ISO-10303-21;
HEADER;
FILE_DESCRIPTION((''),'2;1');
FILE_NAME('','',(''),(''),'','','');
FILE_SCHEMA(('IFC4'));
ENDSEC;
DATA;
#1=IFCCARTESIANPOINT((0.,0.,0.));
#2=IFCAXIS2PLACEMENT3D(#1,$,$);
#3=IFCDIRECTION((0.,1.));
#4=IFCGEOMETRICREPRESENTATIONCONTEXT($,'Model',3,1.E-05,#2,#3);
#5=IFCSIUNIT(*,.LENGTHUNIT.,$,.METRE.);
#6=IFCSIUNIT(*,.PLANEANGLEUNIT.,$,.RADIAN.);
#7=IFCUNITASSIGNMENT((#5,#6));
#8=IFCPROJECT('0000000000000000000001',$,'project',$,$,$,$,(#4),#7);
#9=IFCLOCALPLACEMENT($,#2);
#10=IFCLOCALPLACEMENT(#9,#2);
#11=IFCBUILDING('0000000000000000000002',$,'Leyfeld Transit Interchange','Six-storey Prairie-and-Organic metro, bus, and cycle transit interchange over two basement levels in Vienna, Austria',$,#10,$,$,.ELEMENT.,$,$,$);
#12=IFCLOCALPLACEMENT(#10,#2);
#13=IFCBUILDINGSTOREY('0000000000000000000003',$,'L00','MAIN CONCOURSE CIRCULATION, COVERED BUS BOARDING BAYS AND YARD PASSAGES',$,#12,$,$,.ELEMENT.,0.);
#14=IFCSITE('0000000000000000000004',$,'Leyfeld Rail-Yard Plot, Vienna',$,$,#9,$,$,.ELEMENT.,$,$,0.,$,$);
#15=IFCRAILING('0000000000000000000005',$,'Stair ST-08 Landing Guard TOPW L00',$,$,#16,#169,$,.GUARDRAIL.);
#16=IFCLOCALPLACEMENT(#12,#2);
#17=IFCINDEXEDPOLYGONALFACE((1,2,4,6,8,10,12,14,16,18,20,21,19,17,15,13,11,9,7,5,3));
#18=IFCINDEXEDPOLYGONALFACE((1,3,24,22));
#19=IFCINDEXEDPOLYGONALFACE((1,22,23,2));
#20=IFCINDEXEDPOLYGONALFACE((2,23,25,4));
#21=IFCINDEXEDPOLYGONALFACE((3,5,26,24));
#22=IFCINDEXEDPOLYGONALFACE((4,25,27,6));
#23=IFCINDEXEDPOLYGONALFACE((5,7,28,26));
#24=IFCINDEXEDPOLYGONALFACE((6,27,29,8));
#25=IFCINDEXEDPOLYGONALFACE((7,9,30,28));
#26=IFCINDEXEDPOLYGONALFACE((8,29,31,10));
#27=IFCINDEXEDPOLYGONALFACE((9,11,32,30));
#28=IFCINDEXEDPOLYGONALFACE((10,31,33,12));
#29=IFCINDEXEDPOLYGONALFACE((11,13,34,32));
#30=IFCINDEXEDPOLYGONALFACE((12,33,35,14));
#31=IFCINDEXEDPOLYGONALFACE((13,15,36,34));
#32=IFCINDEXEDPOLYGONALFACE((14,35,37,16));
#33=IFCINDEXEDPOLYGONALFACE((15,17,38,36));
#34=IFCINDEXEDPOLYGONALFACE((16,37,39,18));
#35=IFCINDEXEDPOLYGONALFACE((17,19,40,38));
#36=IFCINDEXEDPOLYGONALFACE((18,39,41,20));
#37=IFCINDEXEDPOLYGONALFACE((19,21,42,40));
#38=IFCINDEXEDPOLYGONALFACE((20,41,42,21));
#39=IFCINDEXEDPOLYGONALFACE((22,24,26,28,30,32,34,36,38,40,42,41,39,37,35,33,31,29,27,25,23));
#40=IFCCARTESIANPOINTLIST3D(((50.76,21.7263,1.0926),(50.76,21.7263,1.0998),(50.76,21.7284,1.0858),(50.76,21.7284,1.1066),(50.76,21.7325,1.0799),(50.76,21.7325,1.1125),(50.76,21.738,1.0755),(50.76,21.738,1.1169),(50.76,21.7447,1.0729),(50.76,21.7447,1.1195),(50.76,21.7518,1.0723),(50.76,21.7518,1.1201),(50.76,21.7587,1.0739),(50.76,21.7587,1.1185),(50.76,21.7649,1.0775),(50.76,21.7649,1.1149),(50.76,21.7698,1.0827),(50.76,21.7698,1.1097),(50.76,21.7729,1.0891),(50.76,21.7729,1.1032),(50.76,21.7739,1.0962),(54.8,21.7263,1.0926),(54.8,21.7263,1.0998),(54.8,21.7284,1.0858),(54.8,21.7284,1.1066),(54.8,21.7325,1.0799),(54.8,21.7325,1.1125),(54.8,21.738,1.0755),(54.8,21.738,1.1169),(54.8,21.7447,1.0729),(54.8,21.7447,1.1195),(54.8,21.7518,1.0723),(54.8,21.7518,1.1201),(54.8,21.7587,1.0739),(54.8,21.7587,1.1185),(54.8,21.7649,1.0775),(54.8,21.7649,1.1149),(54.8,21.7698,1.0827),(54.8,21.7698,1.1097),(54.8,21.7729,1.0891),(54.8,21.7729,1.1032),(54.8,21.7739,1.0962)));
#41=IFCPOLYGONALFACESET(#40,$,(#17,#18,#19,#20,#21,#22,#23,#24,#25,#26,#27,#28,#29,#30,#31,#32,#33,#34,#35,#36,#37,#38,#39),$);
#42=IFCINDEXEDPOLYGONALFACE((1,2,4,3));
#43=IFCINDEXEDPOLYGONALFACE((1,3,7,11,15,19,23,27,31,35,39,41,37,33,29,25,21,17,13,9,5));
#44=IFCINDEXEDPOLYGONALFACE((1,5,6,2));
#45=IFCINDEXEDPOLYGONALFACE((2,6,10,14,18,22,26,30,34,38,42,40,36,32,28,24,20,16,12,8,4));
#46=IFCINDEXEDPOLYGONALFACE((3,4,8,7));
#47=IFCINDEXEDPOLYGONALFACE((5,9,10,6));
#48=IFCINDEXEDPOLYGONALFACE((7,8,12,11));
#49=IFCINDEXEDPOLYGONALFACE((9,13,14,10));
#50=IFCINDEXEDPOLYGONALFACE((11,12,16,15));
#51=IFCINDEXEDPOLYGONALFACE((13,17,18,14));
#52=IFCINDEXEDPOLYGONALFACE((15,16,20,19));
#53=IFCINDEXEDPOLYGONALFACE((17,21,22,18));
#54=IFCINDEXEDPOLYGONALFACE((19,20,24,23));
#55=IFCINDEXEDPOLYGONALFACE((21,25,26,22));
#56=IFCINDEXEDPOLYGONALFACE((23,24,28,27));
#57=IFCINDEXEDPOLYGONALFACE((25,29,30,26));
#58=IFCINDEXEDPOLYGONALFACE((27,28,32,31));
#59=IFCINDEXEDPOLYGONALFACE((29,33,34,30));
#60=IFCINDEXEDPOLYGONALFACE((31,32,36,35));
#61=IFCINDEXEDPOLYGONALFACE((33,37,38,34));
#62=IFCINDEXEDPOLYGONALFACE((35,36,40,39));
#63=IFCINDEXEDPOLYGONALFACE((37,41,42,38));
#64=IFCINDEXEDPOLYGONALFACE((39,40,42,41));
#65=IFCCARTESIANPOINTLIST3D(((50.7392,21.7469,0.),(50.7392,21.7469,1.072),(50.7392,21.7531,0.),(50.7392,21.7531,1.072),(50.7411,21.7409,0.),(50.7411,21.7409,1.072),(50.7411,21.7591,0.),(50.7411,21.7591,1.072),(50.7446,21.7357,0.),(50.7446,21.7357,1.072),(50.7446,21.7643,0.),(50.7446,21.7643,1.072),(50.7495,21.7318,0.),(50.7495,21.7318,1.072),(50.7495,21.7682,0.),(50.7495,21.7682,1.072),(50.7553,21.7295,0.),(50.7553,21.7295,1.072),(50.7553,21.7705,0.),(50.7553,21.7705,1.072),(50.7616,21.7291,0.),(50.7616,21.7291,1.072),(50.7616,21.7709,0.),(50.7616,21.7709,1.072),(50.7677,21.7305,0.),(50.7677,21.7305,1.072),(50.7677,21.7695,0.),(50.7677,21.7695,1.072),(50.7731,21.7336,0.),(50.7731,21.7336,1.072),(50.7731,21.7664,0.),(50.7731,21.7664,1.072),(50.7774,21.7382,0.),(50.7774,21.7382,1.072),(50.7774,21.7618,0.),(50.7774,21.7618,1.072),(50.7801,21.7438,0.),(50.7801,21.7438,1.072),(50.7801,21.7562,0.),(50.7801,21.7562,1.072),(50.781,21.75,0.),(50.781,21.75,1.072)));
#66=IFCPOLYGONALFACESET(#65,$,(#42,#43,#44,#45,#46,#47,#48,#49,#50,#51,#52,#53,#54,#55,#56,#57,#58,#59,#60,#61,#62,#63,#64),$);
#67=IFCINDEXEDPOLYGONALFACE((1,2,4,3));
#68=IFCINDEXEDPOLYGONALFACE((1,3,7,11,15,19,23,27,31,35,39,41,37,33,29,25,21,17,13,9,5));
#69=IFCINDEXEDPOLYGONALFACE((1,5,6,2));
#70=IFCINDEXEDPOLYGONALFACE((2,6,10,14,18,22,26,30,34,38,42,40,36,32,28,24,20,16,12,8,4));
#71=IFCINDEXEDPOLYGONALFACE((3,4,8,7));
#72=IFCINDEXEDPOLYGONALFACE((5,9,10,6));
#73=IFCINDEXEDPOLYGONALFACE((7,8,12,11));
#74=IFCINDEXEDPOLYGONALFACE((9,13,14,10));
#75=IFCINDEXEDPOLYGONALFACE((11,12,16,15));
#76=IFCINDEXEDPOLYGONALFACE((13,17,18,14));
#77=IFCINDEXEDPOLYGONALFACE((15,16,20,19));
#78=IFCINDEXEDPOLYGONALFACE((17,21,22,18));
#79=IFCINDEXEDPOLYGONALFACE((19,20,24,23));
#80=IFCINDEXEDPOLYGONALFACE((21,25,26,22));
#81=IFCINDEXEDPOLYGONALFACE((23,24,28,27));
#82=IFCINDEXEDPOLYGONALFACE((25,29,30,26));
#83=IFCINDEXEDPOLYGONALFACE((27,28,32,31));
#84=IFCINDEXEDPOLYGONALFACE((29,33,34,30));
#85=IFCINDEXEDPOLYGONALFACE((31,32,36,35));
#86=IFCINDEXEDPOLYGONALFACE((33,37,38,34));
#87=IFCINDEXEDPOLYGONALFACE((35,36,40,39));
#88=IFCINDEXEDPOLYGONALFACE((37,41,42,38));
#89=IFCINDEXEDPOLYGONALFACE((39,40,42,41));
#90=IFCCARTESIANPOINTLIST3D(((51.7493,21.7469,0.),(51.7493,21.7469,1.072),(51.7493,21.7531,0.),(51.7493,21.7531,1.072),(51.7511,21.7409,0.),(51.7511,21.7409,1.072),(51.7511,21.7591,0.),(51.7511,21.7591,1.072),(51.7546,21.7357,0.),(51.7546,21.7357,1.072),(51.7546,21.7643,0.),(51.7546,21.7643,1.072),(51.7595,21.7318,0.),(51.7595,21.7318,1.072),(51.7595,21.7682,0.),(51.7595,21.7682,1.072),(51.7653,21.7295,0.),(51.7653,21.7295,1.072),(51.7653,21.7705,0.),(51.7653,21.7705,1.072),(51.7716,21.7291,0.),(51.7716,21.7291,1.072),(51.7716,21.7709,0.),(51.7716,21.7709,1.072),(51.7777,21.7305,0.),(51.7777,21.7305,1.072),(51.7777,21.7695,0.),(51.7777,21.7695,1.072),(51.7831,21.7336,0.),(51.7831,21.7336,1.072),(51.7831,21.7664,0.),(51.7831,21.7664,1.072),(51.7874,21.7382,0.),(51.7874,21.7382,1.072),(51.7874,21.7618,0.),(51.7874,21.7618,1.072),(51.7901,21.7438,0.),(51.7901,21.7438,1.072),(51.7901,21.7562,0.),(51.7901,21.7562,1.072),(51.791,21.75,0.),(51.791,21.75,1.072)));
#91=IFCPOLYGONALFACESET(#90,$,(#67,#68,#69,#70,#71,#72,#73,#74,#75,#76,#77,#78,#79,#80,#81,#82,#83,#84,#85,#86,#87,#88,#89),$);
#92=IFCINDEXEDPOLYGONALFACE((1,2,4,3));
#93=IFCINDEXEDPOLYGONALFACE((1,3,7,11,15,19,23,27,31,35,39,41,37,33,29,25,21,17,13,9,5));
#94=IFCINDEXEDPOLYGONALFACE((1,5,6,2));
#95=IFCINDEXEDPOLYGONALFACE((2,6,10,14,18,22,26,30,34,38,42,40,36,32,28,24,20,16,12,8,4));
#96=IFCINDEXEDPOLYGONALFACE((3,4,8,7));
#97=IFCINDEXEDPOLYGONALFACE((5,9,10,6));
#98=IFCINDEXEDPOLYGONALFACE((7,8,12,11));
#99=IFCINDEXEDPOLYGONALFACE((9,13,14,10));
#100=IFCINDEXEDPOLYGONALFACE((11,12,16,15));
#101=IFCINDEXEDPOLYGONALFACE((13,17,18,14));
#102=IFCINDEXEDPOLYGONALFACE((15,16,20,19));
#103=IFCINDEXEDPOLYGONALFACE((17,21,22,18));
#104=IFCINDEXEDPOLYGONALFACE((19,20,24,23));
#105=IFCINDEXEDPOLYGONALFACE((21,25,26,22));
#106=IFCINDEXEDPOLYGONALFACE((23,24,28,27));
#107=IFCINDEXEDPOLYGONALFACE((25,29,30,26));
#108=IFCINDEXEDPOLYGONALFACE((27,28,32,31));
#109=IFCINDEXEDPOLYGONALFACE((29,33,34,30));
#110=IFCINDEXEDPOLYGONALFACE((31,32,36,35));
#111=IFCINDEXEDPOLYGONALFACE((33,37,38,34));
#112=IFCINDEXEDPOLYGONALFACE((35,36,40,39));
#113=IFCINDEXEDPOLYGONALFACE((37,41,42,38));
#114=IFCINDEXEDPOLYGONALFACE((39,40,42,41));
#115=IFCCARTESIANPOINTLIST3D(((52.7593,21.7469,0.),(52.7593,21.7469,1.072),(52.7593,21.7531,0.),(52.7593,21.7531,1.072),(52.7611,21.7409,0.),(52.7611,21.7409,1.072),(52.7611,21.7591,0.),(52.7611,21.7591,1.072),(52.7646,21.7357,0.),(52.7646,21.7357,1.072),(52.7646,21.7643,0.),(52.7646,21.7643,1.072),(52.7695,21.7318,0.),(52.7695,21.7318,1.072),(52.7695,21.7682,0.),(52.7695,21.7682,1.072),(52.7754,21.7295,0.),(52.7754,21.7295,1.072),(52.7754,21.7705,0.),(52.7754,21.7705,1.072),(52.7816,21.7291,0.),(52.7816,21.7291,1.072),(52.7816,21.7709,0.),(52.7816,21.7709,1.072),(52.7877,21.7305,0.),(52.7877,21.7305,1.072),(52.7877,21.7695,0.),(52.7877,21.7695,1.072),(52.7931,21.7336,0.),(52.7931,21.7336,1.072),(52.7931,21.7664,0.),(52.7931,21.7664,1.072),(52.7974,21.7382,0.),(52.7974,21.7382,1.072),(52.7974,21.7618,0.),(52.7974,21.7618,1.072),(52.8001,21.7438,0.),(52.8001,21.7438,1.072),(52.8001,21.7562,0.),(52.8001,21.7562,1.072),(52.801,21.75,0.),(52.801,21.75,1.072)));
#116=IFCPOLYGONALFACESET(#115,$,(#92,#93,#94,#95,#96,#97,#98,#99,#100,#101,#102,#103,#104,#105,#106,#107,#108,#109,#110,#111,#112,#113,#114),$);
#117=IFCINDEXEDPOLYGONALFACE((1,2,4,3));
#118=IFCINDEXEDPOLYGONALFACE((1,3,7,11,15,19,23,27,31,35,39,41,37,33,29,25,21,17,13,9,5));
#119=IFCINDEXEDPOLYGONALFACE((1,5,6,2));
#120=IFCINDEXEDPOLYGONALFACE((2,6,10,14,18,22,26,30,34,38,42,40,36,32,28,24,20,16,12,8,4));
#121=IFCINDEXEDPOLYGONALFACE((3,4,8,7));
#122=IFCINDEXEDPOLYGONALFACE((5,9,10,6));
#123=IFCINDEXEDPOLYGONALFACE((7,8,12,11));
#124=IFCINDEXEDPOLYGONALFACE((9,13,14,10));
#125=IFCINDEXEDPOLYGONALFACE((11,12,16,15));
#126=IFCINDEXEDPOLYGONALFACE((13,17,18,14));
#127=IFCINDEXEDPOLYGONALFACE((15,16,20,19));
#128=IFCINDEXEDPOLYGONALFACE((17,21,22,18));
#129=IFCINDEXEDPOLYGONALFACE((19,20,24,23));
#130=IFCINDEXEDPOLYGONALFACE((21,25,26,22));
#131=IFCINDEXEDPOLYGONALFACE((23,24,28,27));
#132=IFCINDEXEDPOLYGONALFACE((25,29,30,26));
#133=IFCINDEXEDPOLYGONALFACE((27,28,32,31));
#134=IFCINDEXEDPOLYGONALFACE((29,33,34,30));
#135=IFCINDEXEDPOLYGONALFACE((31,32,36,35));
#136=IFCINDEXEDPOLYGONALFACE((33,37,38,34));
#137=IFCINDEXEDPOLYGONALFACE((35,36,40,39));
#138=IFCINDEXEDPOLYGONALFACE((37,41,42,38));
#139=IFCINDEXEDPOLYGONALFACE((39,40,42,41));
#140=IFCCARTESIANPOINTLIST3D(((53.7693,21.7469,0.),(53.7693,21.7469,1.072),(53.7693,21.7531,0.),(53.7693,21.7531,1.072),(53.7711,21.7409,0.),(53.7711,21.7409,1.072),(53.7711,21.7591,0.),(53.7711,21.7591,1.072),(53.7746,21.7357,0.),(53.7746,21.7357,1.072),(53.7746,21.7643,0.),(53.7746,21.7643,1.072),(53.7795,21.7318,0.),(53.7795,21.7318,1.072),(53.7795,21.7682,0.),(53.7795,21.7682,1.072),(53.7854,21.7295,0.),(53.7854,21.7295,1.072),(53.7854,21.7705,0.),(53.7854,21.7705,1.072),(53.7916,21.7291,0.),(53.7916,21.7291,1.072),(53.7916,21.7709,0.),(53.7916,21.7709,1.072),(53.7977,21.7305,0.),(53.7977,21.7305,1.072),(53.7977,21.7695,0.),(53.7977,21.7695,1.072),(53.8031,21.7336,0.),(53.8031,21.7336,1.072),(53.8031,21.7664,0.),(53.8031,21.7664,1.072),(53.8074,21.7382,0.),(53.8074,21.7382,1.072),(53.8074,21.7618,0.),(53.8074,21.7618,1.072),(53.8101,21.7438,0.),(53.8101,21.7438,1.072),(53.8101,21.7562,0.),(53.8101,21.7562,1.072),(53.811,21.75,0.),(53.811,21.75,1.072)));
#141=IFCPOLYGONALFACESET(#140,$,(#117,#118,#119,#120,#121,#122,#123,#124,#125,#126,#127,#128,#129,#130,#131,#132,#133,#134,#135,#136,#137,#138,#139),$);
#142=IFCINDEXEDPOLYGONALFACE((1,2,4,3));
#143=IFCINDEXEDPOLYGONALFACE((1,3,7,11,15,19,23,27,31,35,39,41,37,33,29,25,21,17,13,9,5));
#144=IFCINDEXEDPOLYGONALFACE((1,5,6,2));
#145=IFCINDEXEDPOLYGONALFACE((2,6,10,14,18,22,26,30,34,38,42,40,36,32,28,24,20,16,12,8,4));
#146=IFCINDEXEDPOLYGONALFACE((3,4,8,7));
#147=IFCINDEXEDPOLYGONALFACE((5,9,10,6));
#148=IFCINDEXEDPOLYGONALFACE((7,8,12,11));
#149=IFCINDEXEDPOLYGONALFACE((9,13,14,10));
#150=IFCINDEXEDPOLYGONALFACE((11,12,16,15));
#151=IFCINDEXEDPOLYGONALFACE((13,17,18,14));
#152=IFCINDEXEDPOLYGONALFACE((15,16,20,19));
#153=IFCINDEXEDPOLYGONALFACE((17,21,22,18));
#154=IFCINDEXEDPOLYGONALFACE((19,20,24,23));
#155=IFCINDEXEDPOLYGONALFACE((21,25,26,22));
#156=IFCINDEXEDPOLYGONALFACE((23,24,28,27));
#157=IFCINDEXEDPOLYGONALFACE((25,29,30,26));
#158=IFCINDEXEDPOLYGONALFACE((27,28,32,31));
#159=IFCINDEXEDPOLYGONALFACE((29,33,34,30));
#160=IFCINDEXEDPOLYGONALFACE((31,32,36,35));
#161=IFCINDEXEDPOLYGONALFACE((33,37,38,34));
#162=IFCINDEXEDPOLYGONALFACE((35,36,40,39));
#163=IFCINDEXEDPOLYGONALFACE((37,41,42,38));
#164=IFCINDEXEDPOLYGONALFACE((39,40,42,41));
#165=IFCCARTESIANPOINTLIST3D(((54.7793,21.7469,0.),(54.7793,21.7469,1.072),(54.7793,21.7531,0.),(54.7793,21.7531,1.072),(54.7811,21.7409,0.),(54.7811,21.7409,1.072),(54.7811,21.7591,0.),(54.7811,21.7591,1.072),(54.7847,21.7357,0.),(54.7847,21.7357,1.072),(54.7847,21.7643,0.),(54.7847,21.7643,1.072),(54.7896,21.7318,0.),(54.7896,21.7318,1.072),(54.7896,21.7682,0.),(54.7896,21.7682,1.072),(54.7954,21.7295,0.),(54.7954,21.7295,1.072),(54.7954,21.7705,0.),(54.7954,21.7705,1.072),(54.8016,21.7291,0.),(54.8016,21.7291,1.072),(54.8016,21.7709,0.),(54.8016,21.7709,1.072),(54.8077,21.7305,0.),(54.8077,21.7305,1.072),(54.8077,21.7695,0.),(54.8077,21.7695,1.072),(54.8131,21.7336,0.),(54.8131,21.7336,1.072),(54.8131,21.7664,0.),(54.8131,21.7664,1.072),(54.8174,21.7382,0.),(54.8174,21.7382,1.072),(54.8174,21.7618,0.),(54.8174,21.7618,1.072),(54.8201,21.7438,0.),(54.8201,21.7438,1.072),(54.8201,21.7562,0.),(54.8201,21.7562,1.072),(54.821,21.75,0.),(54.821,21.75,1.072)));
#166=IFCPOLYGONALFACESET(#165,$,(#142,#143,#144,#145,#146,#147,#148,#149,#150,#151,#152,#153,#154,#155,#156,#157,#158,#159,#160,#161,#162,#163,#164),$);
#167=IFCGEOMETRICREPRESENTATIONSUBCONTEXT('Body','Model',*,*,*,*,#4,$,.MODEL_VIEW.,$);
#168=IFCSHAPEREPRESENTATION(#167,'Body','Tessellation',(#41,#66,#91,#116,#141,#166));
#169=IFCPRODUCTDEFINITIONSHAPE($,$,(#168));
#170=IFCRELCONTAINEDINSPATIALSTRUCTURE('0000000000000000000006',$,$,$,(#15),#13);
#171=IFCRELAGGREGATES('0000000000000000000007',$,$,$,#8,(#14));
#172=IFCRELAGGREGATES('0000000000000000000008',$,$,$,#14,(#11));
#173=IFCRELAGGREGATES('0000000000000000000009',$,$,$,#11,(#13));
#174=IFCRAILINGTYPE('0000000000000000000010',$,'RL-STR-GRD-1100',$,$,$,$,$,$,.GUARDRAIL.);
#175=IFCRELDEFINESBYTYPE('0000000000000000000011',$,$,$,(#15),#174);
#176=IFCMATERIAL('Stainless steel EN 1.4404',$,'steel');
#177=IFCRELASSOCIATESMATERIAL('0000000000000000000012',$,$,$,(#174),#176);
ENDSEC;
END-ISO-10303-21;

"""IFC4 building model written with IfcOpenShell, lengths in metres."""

from ifc_helpers import new_model, si_unit, direction, frame, origin, origin_2d, place, context, subcontext, project, spatial, circle, extrude, material, type_object, element, save


model = new_model("IFC4")

# Units and contexts
model_context = context("Model", 3, precision=1e-05, world=origin(), true_north=direction((0.0, 1.0)))
body_context = subcontext(model_context, "Body", "Model", "MODEL_VIEW")
ifc_project = project(units=[si_unit("LENGTHUNIT", "METRE"), si_unit("PLANEANGLEUNIT", "RADIAN")], contexts=[model_context])

# Site, building, storey
site_placement = place(None, origin())
site = spatial("IfcSite", under=ifc_project, at=site_placement, Name="Leyfeld Rail-Yard Plot, Vienna", CompositionType="ELEMENT", RefElevation=0.0)
building_placement = place(site_placement, origin())
building = spatial("IfcBuilding", under=site, at=building_placement, Name="Leyfeld Transit Interchange", Description="Six-storey Prairie-and-Organic metro, bus, and cycle transit interchange over two basement levels in Vienna, Austria", CompositionType="ELEMENT")
storey_placement = place(building_placement, origin())
storey = spatial("IfcBuildingStorey", under=building, at=storey_placement, Name="L00", Description="MAIN CONCOURSE CIRCULATION, COVERED BUS BOARDING BAYS AND YARD PASSAGES", CompositionType="ELEMENT", Elevation=0.0)

# Railing
ifc_material_1 = material(Name="Stainless steel EN 1.4404", Category="steel")
railing_type = type_object("IfcRailingType", Name="RL-STR-GRD-1100", PredefinedType="GUARDRAIL", material=ifc_material_1)
railing_1_placement = place(storey_placement, frame((50.76, 21.75, 0.0)))
element("IfcRailing", 1, at=railing_1_placement, inside=storey, type_object=railing_type, Name="Stair ST-08 Landing Guard TOPW L00", PredefinedType="GUARDRAIL", context=body_context, shape_type="SweptSolid", body=[
    extrude(circle(Radius=0.0239, at=origin_2d()), frame((0.0, 0.0, 1.0962), z_axis=(1.0, 0.0, 0.0), x_axis=(0.0, 1.0, 0.0)), (0.0, 0.0, 1.0), 4.04),
    extrude(circle(Radius=0.021, at=origin_2d()), origin(), (0.0, 0.0, 1.0), 1.072),
    extrude(circle(Radius=0.021, at=origin_2d()), frame((1.01, 0.0, 0.0)), (0.0, 0.0, 1.0), 1.072),
    extrude(circle(Radius=0.021, at=origin_2d()), frame((2.02, 0.0, 0.0)), (0.0, 0.0, 1.0), 1.072),
    extrude(circle(Radius=0.021, at=origin_2d()), frame((3.03, 0.0, 0.0)), (0.0, 0.0, 1.0), 1.072),
    extrude(circle(Radius=0.021, at=origin_2d()), frame((4.04, 0.0, 0.0)), (0.0, 0.0, 1.0), 1.072),
])

save(model, "model.ifc")
